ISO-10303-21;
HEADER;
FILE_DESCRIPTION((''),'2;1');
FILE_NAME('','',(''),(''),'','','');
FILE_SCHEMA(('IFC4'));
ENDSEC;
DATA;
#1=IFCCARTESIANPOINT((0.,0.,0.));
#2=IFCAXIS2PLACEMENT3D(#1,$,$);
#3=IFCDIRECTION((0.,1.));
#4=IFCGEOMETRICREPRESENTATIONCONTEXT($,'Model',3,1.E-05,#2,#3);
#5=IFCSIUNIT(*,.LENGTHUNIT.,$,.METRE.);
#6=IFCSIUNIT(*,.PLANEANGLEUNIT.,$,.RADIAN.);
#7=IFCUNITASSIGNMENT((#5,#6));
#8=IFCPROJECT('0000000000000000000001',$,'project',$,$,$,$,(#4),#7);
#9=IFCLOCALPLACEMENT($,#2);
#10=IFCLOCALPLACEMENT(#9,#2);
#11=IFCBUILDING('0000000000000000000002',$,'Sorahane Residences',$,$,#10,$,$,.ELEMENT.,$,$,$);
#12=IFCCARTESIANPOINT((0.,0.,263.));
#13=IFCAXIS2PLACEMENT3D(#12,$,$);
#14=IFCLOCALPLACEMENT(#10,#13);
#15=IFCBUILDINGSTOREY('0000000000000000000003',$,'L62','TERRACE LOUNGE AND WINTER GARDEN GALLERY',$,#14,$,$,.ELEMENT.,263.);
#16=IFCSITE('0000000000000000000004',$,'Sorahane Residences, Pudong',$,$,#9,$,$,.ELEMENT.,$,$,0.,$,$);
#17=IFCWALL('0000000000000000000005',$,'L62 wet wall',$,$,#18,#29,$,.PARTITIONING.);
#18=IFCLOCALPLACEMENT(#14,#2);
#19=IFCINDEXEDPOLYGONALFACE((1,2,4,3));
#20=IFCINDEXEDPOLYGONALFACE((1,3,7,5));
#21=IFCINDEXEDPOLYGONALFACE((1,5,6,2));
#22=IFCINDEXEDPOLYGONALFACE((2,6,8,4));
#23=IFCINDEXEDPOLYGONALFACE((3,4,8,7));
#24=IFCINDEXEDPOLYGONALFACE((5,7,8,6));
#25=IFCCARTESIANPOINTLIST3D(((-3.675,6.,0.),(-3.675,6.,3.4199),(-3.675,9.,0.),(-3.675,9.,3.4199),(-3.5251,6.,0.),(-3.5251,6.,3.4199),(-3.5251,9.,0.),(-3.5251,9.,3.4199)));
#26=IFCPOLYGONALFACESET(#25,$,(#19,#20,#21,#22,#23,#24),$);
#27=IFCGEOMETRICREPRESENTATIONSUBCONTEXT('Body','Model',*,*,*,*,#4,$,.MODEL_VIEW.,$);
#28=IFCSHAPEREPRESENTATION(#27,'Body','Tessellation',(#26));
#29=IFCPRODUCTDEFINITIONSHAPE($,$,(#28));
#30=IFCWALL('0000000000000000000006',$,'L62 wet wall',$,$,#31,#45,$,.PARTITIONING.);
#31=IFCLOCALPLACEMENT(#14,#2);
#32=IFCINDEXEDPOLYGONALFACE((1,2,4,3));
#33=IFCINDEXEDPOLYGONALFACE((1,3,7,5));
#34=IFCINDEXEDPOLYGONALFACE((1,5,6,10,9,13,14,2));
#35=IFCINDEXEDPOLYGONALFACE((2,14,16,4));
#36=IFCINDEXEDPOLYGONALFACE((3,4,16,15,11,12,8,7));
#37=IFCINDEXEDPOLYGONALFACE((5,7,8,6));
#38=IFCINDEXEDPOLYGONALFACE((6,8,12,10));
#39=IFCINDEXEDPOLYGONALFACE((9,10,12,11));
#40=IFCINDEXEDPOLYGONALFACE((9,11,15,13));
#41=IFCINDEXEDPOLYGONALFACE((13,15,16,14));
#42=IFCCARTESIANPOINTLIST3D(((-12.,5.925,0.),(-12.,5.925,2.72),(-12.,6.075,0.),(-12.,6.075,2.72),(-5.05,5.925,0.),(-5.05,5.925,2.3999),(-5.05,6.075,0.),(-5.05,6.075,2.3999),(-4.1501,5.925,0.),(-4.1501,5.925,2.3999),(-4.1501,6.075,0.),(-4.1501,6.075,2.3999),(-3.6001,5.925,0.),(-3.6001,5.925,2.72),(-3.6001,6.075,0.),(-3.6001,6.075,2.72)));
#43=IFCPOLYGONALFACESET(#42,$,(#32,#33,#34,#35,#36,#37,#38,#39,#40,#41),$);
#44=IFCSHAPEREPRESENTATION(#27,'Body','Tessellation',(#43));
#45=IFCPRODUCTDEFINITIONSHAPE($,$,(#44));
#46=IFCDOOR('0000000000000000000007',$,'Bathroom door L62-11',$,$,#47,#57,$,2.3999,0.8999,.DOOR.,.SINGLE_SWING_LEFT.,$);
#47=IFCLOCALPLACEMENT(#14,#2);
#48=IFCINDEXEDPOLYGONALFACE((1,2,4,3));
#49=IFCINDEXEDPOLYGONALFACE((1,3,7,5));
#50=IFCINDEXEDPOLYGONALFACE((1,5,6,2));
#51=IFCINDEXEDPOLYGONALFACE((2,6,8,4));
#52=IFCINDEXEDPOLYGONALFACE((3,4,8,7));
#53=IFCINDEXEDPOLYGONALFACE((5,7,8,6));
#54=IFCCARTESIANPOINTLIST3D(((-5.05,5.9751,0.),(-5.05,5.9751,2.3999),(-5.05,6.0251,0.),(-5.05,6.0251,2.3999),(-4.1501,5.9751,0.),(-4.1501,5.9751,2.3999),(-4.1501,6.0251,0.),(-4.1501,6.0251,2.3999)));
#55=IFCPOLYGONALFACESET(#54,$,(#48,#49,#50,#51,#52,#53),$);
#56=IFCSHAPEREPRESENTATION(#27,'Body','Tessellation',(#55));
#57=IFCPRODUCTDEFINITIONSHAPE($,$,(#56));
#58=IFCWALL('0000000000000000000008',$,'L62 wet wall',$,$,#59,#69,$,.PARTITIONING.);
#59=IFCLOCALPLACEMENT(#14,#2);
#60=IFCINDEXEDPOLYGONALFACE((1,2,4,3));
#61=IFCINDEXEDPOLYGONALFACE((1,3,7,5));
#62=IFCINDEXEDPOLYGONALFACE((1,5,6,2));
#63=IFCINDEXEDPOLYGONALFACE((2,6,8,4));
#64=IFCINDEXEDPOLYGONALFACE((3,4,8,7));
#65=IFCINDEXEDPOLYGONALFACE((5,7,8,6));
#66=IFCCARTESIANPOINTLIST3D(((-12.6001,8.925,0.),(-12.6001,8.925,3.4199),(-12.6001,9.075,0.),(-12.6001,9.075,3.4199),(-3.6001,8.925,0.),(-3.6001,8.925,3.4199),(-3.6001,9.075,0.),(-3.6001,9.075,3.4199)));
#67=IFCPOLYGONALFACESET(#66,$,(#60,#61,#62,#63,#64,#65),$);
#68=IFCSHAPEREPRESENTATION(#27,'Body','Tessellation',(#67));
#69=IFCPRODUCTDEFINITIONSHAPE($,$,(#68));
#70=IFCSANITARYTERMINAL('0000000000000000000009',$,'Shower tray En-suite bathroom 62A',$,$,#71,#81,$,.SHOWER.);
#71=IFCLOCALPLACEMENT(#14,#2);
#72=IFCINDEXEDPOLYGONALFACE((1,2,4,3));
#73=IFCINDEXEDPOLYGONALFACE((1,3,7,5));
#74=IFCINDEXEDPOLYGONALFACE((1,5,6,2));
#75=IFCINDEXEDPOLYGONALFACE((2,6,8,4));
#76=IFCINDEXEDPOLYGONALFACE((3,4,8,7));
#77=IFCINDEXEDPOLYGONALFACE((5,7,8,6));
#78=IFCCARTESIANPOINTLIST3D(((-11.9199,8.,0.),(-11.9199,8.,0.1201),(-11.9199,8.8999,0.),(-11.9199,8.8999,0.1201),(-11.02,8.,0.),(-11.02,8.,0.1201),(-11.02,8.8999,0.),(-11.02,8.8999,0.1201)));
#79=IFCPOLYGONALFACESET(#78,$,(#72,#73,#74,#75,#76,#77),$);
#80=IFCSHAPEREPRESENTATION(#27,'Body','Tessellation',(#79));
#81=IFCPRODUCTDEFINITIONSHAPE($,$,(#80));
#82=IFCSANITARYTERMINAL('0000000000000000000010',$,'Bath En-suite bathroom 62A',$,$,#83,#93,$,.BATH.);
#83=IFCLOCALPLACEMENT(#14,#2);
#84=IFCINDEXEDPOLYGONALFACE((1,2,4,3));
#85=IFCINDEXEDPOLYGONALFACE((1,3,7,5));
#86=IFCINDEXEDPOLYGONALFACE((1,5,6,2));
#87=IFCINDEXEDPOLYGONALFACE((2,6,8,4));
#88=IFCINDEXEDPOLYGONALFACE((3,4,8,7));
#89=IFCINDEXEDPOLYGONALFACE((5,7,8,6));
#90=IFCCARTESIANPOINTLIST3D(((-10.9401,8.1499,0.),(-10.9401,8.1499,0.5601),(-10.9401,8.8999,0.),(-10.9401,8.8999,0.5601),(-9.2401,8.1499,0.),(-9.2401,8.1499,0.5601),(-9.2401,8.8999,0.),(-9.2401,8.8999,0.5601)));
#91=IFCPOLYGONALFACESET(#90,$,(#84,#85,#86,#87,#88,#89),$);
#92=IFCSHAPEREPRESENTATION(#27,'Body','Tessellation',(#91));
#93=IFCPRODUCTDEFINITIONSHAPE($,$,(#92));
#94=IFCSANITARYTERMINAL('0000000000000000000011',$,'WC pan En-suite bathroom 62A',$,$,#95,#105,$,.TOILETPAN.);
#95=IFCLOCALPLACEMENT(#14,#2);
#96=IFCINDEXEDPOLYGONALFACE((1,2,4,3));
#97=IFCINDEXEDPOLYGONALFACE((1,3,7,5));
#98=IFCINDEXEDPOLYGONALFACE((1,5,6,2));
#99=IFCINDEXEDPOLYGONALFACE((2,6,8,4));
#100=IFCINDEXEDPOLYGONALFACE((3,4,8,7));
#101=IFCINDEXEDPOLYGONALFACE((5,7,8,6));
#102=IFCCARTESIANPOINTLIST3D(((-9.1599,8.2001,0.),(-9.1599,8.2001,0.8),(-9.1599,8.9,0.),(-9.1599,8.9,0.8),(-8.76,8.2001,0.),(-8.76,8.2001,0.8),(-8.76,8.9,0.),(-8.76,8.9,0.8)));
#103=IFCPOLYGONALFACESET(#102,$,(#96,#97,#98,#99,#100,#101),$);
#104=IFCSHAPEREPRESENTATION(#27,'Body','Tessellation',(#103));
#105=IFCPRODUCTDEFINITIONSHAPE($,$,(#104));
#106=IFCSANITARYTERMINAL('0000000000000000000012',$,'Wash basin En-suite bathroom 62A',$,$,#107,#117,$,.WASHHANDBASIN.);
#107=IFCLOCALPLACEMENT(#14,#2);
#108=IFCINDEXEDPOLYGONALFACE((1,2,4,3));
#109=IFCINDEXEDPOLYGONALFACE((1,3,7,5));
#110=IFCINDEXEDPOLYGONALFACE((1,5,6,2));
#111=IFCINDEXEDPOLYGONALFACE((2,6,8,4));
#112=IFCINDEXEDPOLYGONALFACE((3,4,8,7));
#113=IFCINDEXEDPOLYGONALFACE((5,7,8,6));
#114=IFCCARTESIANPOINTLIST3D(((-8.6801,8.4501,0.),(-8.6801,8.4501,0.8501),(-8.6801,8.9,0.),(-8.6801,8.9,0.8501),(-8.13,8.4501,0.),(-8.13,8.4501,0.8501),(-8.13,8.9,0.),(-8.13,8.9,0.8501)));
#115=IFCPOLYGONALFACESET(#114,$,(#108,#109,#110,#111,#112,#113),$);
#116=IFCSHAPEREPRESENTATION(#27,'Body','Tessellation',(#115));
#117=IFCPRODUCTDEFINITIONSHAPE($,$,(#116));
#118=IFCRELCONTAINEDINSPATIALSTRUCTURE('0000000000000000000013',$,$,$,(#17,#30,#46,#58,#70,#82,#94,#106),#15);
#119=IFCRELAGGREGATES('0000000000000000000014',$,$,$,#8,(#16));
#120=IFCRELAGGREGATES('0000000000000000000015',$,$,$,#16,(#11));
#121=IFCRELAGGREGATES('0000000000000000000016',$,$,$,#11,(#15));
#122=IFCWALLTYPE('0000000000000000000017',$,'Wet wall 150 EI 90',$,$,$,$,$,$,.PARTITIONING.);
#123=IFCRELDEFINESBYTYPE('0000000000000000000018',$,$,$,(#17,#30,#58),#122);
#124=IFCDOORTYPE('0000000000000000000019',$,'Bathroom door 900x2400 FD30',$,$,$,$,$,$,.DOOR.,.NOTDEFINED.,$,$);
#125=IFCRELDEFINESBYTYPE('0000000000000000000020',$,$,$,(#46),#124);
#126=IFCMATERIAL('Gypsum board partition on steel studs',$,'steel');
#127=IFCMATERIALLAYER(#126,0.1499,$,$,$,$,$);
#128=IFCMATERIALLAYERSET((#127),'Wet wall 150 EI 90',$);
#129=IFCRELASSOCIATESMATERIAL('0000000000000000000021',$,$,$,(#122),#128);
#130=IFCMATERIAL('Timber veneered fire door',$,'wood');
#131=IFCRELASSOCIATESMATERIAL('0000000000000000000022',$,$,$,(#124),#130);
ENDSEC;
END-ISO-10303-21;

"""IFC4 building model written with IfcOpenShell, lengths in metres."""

from ifc_helpers import new_model, si_unit, direction, frame, frame_2d, origin, origin_2d, place, context, subcontext, project, spatial, rectangle, extrude, material, layer, layer_set, type_object, element, fill, save


model = new_model("IFC4")

# Units and contexts
model_context = context("Model", 3, precision=1e-05, world=origin(), true_north=direction((0.0, 1.0)))
body_context = subcontext(model_context, "Body", "Model", "MODEL_VIEW")
ifc_project = project(units=[si_unit("LENGTHUNIT", "METRE"), si_unit("PLANEANGLEUNIT", "RADIAN")], contexts=[model_context])

# Site, building, storey
site_placement = place(None, origin())
site = spatial("IfcSite", under=ifc_project, at=site_placement, Name="Sorahane Residences, Pudong", CompositionType="ELEMENT", RefElevation=0.0)
building_placement = place(site_placement, origin())
building = spatial("IfcBuilding", under=site, at=building_placement, Name="Sorahane Residences", CompositionType="ELEMENT")
storey_placement = place(building_placement, frame((0.0, 0.0, 263.0)))
storey = spatial("IfcBuildingStorey", under=building, at=storey_placement, Name="L62", Description="TERRACE LOUNGE AND WINTER GARDEN GALLERY", CompositionType="ELEMENT", Elevation=263.0)

# Wall
ifc_material_1 = material(Name="Gypsum board partition on steel studs", Category="steel")
ifc_layer_1 = layer(ifc_material_1, 0.1499)
ifc_layer_set_1 = layer_set([ifc_layer_1], Name="Wet wall 150 EI 90")
wall_type_1 = type_object("IfcWallType", Name="Wet wall 150 EI 90", PredefinedType="PARTITIONING", material=ifc_layer_set_1)
wall_1_placement = place(storey_placement, frame((-3.6001, 6.0, 0.0), z_axis=(0.0, 0.0, 1.0), x_axis=(0.0, 1.0, 0.0)))
element("IfcWall", 1, at=wall_1_placement, inside=storey, type_object=wall_type_1, Name="L62 wet wall", PredefinedType="PARTITIONING", context=body_context, shape_type="SweptSolid", body=[
    extrude(rectangle(XDim=3.0, YDim=0.1499, at=frame_2d((1.5, 0.0))), origin(), (0.0, 0.0, 1.0), 3.4199),
])

# Wall, opening, door
wall_2_placement = place(storey_placement, frame((-12.0, 6.0, 0.0), z_axis=(0.0, 0.0, 1.0), x_axis=(1.0, 0.0, 0.0)))
wall_2 = element("IfcWall", 2, at=wall_2_placement, inside=storey, type_object=wall_type_1, Name="L62 wet wall", PredefinedType="PARTITIONING", context=body_context, shape_type="SweptSolid", body=[
    extrude(rectangle(XDim=8.3999, YDim=0.1499, at=frame_2d((4.2, 0.0))), origin(), (0.0, 0.0, 1.0), 2.72),
])
opening_1_placement = place(wall_2_placement, frame((6.95, 0.0, 0.0)))
opening_1 = element("IfcOpeningElement", 3, at=opening_1_placement, cuts=wall_2, PredefinedType="OPENING", context=body_context, shape_type="SweptSolid", body=[
    extrude(rectangle(XDim=0.8999, YDim=2.3999, at=frame_2d((0.45, 1.2))), frame((0.0, 0.085, 0.0), z_axis=(0.0, -1.0, 0.0), x_axis=(1.0, 0.0, 0.0)), (0.0, 0.0, 1.0), 0.1699),
])
ifc_material_2 = material(Name="Timber veneered fire door", Category="wood")
door_type_1 = type_object("IfcDoorType", Name="Bathroom door 900x2400 FD30", OperationType="NOTDEFINED", PredefinedType="DOOR", material=ifc_material_2)
door_1_placement = place(opening_1_placement, frame((0.8999, 0.0, 0.0), z_axis=(0.0, 0.0, 1.0), x_axis=(-1.0, 0.0, 0.0)))
door_1 = element("IfcDoor", 4, at=door_1_placement, inside=storey, type_object=door_type_1, Name="Bathroom door L62-11", OperationType="SINGLE_SWING_LEFT", OverallHeight=2.3999, OverallWidth=0.8999, PredefinedType="DOOR", context=body_context, shape_type="SweptSolid", body=[
    extrude(rectangle(XDim=0.8999, YDim=2.3999, at=frame_2d((0.45, 1.2))), frame((0.0, 0.0249, 0.0), z_axis=(0.0, -1.0, 0.0), x_axis=(1.0, 0.0, 0.0)), (0.0, 0.0, 1.0), 0.05),
])
fill(opening_1, door_1)

# Wall
wall_3_placement = place(storey_placement, frame((-12.6001, 9.0, 0.0), z_axis=(0.0, 0.0, 1.0), x_axis=(1.0, 0.0, 0.0)))
element("IfcWall", 5, at=wall_3_placement, inside=storey, type_object=wall_type_1, Name="L62 wet wall", PredefinedType="PARTITIONING", context=body_context, shape_type="SweptSolid", body=[
    extrude(rectangle(XDim=9.0, YDim=0.1499, at=frame_2d((4.5, 0.0))), origin(), (0.0, 0.0, 1.0), 3.4199),
])

# Sanitary terminals
sanitary_terminal_1_placement = place(storey_placement, frame((-11.47, 8.45, 0.0), z_axis=(0.0, 0.0, 1.0), x_axis=(1.0, 0.0, 0.0)))
element("IfcSanitaryTerminal", 6, at=sanitary_terminal_1_placement, inside=storey, Name="Shower tray En-suite bathroom 62A", PredefinedType="SHOWER", context=body_context, shape_type="SweptSolid", body=[
    extrude(rectangle(XDim=0.8999, YDim=0.8999, at=origin_2d()), origin(), (0.0, 0.0, 1.0), 0.1201),
])
sanitary_terminal_2_placement = place(storey_placement, frame((-10.0901, 8.5249, 0.0), z_axis=(0.0, 0.0, 1.0), x_axis=(1.0, 0.0, 0.0)))
element("IfcSanitaryTerminal", 7, at=sanitary_terminal_2_placement, inside=storey, Name="Bath En-suite bathroom 62A", PredefinedType="BATH", context=body_context, shape_type="SweptSolid", body=[
    extrude(rectangle(XDim=1.7, YDim=0.75, at=origin_2d()), origin(), (0.0, 0.0, 1.0), 0.5601),
])
sanitary_terminal_3_placement = place(storey_placement, frame((-8.96, 8.55, 0.0), z_axis=(0.0, 0.0, 1.0), x_axis=(1.0, 0.0, 0.0)))
element("IfcSanitaryTerminal", 8, at=sanitary_terminal_3_placement, inside=storey, Name="WC pan En-suite bathroom 62A", PredefinedType="TOILETPAN", context=body_context, shape_type="SweptSolid", body=[
    extrude(rectangle(XDim=0.3999, YDim=0.7, at=origin_2d()), origin(), (0.0, 0.0, 1.0), 0.8),
])
sanitary_terminal_4_placement = place(storey_placement, frame((-8.405, 8.675, 0.0), z_axis=(0.0, 0.0, 1.0), x_axis=(1.0, 0.0, 0.0)))
element("IfcSanitaryTerminal", 9, at=sanitary_terminal_4_placement, inside=storey, Name="Wash basin En-suite bathroom 62A", PredefinedType="WASHHANDBASIN", context=body_context, shape_type="SweptSolid", body=[
    extrude(rectangle(XDim=0.55, YDim=0.45, at=origin_2d()), origin(), (0.0, 0.0, 1.0), 0.8501),
])

save(model, "model.ifc")
